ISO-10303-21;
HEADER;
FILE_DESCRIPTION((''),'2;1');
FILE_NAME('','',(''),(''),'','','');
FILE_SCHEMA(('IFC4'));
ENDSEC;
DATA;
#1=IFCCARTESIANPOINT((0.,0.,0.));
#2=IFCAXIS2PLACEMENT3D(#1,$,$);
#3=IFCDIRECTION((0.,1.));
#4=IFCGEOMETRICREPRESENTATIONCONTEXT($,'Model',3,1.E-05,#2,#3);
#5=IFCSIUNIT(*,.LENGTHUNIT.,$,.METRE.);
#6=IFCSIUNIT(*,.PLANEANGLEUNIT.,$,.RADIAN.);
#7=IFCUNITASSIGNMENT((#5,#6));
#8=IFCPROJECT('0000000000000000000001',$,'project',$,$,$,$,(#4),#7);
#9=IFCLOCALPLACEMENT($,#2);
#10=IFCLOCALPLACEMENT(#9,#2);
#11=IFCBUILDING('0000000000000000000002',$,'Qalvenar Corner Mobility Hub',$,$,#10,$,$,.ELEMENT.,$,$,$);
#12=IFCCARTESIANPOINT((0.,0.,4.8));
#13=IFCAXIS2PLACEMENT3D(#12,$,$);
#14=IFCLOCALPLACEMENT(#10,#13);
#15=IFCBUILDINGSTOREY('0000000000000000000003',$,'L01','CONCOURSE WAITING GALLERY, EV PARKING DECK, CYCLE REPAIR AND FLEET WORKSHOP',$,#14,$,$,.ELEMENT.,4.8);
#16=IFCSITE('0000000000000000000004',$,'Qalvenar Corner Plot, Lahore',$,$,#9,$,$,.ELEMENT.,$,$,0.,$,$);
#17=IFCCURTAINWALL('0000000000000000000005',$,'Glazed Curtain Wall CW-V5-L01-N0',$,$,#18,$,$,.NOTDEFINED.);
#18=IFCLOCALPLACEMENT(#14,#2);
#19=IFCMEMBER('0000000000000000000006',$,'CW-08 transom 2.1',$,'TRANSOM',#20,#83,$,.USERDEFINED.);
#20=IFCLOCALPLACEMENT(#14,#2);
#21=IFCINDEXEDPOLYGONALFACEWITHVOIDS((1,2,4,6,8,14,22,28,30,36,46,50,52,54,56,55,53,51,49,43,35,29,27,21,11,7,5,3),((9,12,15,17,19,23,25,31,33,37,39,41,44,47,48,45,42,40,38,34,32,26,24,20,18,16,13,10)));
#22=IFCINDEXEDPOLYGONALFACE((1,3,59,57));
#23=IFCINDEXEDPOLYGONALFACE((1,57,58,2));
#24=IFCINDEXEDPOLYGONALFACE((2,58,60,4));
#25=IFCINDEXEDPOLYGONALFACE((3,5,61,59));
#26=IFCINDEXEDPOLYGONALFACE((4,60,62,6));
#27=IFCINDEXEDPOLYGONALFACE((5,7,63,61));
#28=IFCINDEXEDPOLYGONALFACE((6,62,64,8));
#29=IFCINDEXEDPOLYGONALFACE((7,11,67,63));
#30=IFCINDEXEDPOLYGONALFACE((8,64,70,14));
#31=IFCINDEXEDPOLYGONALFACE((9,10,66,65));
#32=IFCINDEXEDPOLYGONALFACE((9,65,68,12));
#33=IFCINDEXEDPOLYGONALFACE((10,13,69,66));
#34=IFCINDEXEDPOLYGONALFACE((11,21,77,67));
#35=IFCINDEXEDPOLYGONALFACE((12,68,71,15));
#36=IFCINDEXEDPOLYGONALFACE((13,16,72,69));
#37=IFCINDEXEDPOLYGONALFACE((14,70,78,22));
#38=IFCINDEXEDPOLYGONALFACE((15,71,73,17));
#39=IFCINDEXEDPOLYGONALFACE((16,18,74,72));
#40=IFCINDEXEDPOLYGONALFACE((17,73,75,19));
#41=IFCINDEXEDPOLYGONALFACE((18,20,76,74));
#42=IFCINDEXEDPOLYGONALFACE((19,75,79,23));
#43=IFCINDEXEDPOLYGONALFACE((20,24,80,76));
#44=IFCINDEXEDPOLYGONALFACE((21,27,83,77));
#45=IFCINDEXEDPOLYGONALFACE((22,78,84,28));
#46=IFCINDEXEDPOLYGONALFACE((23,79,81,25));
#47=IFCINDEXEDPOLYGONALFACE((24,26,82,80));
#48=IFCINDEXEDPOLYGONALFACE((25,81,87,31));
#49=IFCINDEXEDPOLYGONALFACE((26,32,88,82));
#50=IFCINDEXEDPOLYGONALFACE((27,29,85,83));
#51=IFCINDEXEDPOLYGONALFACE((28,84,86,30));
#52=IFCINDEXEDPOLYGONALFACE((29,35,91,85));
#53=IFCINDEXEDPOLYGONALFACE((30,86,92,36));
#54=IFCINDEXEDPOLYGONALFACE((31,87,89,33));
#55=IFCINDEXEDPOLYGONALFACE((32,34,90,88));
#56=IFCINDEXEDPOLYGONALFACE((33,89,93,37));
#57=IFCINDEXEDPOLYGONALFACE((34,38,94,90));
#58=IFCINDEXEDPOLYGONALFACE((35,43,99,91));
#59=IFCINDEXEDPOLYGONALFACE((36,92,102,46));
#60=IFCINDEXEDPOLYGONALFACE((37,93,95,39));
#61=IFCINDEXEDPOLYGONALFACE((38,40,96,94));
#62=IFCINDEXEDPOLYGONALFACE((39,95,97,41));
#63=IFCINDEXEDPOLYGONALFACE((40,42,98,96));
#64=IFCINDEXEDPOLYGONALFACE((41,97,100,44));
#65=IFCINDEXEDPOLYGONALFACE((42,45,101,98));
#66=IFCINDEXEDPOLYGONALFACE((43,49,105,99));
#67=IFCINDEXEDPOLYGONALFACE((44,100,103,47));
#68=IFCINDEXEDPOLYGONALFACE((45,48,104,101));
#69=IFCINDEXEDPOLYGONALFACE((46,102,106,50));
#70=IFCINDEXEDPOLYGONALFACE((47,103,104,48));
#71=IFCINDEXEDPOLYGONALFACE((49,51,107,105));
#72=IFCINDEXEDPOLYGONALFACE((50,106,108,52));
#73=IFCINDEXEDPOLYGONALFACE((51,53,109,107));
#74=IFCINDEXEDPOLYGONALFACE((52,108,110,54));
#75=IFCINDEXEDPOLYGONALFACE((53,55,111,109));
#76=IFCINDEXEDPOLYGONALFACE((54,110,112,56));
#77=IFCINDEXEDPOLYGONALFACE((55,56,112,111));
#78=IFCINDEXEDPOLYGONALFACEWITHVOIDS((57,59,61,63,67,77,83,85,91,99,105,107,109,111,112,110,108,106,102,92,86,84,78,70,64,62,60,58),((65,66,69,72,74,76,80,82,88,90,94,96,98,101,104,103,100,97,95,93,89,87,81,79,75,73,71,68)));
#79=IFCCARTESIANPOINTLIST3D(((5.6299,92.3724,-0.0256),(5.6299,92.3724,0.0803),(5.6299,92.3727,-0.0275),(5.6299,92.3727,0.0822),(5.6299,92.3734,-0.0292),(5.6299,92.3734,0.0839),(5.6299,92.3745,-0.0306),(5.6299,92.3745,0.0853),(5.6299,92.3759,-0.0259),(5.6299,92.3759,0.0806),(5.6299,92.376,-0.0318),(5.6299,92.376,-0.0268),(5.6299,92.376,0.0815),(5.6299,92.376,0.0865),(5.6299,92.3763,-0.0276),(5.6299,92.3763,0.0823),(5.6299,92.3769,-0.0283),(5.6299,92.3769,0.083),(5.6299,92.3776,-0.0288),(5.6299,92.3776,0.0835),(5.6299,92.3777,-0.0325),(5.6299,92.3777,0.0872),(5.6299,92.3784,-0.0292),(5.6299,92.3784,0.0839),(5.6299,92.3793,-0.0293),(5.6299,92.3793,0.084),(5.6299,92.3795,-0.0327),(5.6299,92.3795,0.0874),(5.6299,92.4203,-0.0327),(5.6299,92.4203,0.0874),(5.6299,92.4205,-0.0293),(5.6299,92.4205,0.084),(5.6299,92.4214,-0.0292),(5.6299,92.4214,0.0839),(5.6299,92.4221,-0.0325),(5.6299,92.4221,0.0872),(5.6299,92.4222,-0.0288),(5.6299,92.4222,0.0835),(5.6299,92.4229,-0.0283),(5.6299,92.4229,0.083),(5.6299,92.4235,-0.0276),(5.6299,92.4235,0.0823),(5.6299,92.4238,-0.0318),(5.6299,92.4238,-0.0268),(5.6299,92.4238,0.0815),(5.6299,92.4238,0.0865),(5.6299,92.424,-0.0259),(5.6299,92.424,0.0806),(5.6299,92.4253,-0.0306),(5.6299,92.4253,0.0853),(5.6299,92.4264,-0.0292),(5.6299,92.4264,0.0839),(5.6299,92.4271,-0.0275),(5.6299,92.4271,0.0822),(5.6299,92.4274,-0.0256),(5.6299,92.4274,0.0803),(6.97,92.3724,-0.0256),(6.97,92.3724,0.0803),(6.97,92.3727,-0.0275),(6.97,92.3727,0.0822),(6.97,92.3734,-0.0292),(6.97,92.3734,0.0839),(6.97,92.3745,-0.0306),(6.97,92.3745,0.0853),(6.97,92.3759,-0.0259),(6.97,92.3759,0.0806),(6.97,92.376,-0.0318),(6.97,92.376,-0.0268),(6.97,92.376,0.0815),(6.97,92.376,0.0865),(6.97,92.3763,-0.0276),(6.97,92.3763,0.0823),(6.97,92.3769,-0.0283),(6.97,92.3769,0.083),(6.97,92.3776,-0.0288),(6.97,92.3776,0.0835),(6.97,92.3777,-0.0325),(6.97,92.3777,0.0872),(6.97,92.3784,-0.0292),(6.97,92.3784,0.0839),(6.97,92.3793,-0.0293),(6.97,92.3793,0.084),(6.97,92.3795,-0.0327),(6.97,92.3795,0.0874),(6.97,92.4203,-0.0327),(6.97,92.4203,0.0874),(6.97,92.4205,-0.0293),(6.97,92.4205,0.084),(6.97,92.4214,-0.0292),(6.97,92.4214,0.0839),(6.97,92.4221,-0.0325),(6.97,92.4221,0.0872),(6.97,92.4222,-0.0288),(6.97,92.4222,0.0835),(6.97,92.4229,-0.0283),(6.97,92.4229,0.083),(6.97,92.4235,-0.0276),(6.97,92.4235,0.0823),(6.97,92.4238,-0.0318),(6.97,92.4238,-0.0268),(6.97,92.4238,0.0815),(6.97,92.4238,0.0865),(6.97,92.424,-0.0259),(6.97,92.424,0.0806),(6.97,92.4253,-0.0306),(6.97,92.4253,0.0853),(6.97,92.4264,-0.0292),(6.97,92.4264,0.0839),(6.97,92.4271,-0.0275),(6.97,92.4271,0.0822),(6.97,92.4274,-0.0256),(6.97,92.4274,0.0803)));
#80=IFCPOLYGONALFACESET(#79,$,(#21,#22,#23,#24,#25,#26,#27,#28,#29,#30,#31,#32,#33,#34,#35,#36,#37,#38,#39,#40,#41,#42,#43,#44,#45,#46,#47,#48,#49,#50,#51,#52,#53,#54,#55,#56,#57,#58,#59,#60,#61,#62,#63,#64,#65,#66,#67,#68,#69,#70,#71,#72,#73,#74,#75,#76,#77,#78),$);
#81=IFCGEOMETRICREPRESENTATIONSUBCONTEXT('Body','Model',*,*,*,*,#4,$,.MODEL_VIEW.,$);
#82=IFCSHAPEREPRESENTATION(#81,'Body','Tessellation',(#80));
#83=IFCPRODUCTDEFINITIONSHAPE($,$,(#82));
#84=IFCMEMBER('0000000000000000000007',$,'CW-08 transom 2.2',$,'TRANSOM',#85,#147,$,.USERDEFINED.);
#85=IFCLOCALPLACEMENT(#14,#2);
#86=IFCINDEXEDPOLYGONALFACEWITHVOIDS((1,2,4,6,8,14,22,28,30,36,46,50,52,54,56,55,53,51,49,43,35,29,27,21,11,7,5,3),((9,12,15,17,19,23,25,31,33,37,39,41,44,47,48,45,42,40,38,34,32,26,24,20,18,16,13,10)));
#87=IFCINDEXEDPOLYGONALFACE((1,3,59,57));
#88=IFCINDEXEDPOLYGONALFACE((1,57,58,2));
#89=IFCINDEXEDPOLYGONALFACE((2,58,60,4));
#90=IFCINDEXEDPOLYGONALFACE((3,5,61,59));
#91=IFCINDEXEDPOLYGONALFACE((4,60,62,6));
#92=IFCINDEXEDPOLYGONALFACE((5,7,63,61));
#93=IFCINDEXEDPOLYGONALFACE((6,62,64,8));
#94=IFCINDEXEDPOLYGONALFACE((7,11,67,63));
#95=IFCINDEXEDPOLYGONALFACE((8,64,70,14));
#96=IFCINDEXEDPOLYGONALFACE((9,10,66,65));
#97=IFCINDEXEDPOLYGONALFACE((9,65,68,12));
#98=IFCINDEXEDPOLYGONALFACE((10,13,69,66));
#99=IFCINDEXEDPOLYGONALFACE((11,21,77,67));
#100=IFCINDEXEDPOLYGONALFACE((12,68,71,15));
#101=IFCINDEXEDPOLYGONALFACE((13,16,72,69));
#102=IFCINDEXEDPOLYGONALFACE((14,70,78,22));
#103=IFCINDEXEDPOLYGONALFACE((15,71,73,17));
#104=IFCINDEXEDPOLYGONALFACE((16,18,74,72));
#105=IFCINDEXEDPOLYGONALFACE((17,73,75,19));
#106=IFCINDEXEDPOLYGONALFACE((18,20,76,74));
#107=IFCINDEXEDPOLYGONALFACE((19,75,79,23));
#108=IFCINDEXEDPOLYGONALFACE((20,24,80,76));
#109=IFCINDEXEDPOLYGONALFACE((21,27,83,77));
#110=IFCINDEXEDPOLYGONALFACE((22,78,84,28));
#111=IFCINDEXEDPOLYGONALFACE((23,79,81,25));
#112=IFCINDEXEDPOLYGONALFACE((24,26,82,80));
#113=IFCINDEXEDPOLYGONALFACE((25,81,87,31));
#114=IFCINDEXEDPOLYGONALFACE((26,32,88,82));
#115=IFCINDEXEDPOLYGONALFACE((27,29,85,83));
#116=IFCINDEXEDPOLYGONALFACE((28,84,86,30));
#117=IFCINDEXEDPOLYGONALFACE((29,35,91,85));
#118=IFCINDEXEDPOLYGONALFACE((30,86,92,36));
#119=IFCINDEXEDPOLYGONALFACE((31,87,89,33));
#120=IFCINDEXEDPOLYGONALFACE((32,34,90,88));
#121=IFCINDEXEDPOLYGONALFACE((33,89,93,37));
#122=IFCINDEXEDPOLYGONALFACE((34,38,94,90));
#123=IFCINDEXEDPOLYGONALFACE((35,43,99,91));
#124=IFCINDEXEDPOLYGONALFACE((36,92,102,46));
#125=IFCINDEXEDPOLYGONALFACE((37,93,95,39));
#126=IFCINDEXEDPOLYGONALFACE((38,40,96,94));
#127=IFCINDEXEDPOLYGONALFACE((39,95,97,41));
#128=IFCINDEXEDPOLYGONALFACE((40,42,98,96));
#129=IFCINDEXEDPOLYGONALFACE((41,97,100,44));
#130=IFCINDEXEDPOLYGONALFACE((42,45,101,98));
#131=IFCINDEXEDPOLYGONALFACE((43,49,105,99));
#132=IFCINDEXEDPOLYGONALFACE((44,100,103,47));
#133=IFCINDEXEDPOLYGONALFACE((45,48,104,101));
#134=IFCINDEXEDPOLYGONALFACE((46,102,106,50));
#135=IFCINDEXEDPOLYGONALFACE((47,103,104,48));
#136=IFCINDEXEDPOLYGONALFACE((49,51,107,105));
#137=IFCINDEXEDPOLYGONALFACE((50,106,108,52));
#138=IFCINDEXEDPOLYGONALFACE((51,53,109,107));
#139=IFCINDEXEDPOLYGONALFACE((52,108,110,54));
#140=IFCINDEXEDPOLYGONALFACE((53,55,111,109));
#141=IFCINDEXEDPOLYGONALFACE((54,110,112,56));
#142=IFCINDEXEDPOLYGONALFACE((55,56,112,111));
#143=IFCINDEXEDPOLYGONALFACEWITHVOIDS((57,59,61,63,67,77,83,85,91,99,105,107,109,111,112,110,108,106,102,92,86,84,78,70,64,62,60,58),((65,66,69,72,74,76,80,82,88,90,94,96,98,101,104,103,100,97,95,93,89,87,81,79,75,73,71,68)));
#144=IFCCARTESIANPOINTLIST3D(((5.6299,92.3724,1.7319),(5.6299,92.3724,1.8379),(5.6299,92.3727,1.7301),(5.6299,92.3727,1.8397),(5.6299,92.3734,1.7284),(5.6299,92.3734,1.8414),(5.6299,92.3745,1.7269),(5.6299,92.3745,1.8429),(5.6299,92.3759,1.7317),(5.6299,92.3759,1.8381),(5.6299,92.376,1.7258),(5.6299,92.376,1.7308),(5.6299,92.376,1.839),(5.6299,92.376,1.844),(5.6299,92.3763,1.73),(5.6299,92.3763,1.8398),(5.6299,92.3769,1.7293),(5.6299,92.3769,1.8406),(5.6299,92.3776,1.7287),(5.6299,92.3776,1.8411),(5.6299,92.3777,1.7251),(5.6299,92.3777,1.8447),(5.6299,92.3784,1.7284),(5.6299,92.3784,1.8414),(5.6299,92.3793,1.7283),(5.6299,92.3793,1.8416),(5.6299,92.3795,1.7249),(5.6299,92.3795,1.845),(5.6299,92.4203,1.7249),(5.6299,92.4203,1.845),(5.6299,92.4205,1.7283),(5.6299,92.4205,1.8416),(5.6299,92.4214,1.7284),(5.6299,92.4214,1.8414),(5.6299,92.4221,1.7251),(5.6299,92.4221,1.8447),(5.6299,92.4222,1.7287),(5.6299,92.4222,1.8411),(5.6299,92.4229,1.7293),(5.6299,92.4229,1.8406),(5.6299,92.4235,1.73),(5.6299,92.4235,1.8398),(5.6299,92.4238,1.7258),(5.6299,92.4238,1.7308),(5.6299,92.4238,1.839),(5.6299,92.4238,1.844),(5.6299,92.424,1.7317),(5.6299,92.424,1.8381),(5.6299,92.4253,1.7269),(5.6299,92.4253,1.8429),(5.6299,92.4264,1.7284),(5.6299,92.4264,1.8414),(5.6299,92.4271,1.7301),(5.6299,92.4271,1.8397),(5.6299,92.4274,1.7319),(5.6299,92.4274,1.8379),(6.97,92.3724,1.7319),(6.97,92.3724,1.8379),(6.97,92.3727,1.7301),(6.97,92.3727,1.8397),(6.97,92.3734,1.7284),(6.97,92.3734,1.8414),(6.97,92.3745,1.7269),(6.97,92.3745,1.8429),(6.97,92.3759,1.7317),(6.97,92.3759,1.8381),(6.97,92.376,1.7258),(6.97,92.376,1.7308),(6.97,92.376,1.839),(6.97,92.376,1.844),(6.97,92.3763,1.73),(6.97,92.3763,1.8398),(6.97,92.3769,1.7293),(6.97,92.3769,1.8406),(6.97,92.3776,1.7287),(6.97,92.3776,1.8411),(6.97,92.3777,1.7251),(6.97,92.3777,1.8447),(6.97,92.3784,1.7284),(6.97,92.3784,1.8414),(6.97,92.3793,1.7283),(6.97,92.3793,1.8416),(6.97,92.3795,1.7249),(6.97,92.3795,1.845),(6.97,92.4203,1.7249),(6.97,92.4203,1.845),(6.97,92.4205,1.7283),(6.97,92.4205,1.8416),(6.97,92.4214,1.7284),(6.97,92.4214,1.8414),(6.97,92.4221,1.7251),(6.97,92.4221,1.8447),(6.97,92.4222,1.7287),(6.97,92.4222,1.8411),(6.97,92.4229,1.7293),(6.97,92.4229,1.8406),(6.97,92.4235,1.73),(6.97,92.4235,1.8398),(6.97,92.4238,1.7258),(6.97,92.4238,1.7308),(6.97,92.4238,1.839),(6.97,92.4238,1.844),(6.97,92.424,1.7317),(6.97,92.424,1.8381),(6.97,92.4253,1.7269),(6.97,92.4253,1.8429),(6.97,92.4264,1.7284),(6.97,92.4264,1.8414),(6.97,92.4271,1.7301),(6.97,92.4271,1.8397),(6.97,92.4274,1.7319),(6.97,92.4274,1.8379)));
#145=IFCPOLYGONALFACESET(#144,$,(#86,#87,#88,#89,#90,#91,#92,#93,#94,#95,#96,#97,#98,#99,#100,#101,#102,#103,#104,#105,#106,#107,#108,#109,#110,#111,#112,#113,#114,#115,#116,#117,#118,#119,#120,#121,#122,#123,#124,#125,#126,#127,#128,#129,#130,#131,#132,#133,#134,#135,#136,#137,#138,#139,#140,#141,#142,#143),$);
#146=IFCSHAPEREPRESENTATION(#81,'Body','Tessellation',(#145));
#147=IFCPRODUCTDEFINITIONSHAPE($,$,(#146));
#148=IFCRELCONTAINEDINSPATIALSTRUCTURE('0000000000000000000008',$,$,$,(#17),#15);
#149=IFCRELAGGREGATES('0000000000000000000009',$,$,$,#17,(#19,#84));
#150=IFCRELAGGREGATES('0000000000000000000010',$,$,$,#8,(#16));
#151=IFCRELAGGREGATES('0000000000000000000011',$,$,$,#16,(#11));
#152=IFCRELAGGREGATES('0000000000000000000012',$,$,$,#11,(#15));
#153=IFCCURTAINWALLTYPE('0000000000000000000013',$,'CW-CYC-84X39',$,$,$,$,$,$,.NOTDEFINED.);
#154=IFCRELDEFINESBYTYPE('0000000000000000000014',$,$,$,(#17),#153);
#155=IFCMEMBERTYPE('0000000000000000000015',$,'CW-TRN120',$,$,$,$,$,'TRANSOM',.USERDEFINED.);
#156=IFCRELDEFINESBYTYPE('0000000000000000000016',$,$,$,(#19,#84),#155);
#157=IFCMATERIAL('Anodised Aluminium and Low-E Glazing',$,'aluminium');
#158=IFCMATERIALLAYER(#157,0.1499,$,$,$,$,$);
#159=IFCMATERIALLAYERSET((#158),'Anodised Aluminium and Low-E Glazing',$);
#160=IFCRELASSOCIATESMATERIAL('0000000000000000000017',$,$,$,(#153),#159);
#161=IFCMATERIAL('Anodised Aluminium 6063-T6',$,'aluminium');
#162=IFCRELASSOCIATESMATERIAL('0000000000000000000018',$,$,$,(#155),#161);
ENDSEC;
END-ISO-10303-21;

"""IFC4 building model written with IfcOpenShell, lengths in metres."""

from ifc_helpers import new_model, si_unit, direction, frame, origin, origin_2d, place, context, subcontext, project, spatial, hollow_rectangle, extrude, material, layer, layer_set, material_profile, profile_set, type_object, element, aggregate, save


model = new_model("IFC4")

# Units and contexts
model_context = context("Model", 3, precision=1e-05, world=origin(), true_north=direction((0.0, 1.0)))
body_context = subcontext(model_context, "Body", "Model", "MODEL_VIEW")
ifc_project = project(units=[si_unit("LENGTHUNIT", "METRE"), si_unit("PLANEANGLEUNIT", "RADIAN")], contexts=[model_context])

# Site, building, storey
site_placement = place(None, origin())
site = spatial("IfcSite", under=ifc_project, at=site_placement, Name="Qalvenar Corner Plot, Lahore", CompositionType="ELEMENT", RefElevation=0.0)
building_placement = place(site_placement, origin())
building = spatial("IfcBuilding", under=site, at=building_placement, Name="Qalvenar Corner Mobility Hub", CompositionType="ELEMENT")
storey_placement = place(building_placement, frame((0.0, 0.0, 4.8)))
storey = spatial("IfcBuildingStorey", under=building, at=storey_placement, Name="L01", Description="CONCOURSE WAITING GALLERY, EV PARKING DECK, CYCLE REPAIR AND FLEET WORKSHOP", CompositionType="ELEMENT", Elevation=4.8)

# Curtain wall, members
ifc_material_1 = material(Name="Anodised Aluminium and Low-E Glazing", Category="aluminium")
ifc_layer_1 = layer(ifc_material_1, 0.1499)
ifc_layer_set_1 = layer_set([ifc_layer_1], Name="Anodised Aluminium and Low-E Glazing")
curtain_wall_type = type_object("IfcCurtainWallType", Name="CW-CYC-84X39", PredefinedType="NOTDEFINED", material=ifc_layer_set_1)
curtain_wall_placement = place(storey_placement, origin())
curtain_wall = element("IfcCurtainWall", 1, at=curtain_wall_placement, inside=storey, type_object=curtain_wall_type, Name="Glazed Curtain Wall CW-V5-L01-N0", PredefinedType="NOTDEFINED")
ifc_material_2 = material(Name="Anodised Aluminium 6063-T6", Category="aluminium")
ifc_material_profile_1 = material_profile(ifc_material_2, hollow_rectangle(XDim=0.0549, YDim=0.1201, WallThickness=0.0034, InnerFilletRadius=0.0034, OuterFilletRadius=0.0071, at=origin_2d()), Name="RHS120x55x3.5")
ifc_profile_set_1 = profile_set([ifc_material_profile_1], Name="Anodised Aluminium 6063-T6")
member_type_1 = type_object("IfcMemberType", Name="CW-TRN120", ElementType="TRANSOM", PredefinedType="USERDEFINED", material=ifc_profile_set_1)
member_1_placement = place(storey_placement, frame((6.97, 92.3999, 0.0273), z_axis=(-1.0, 0.0, 0.0), x_axis=(0.0, -1.0, 0.0)))
member_1 = element("IfcMember", 2, at=member_1_placement, type_object=member_type_1, Name="CW-08 transom 2.1", ObjectType="TRANSOM", PredefinedType="USERDEFINED", context=body_context, shape_type="SweptSolid", body=[
    extrude(hollow_rectangle(XDim=0.0549, YDim=0.1201, WallThickness=0.0034, InnerFilletRadius=0.0034, OuterFilletRadius=0.0071, at=origin_2d()), origin(), (0.0, 0.0, 1.0), 1.3401),
])
member_2_placement = place(storey_placement, frame((6.97, 92.3999, 1.7849), z_axis=(-1.0, 0.0, 0.0), x_axis=(0.0, -1.0, 0.0)))
member_2 = element("IfcMember", 3, at=member_2_placement, type_object=member_type_1, Name="CW-08 transom 2.2", ObjectType="TRANSOM", PredefinedType="USERDEFINED", context=body_context, shape_type="SweptSolid", body=[
    extrude(hollow_rectangle(XDim=0.0549, YDim=0.1201, WallThickness=0.0034, InnerFilletRadius=0.0034, OuterFilletRadius=0.0071, at=origin_2d()), origin(), (0.0, 0.0, 1.0), 1.3401),
])
aggregate(curtain_wall, [member_1, member_2])

save(model, "model.ifc")
